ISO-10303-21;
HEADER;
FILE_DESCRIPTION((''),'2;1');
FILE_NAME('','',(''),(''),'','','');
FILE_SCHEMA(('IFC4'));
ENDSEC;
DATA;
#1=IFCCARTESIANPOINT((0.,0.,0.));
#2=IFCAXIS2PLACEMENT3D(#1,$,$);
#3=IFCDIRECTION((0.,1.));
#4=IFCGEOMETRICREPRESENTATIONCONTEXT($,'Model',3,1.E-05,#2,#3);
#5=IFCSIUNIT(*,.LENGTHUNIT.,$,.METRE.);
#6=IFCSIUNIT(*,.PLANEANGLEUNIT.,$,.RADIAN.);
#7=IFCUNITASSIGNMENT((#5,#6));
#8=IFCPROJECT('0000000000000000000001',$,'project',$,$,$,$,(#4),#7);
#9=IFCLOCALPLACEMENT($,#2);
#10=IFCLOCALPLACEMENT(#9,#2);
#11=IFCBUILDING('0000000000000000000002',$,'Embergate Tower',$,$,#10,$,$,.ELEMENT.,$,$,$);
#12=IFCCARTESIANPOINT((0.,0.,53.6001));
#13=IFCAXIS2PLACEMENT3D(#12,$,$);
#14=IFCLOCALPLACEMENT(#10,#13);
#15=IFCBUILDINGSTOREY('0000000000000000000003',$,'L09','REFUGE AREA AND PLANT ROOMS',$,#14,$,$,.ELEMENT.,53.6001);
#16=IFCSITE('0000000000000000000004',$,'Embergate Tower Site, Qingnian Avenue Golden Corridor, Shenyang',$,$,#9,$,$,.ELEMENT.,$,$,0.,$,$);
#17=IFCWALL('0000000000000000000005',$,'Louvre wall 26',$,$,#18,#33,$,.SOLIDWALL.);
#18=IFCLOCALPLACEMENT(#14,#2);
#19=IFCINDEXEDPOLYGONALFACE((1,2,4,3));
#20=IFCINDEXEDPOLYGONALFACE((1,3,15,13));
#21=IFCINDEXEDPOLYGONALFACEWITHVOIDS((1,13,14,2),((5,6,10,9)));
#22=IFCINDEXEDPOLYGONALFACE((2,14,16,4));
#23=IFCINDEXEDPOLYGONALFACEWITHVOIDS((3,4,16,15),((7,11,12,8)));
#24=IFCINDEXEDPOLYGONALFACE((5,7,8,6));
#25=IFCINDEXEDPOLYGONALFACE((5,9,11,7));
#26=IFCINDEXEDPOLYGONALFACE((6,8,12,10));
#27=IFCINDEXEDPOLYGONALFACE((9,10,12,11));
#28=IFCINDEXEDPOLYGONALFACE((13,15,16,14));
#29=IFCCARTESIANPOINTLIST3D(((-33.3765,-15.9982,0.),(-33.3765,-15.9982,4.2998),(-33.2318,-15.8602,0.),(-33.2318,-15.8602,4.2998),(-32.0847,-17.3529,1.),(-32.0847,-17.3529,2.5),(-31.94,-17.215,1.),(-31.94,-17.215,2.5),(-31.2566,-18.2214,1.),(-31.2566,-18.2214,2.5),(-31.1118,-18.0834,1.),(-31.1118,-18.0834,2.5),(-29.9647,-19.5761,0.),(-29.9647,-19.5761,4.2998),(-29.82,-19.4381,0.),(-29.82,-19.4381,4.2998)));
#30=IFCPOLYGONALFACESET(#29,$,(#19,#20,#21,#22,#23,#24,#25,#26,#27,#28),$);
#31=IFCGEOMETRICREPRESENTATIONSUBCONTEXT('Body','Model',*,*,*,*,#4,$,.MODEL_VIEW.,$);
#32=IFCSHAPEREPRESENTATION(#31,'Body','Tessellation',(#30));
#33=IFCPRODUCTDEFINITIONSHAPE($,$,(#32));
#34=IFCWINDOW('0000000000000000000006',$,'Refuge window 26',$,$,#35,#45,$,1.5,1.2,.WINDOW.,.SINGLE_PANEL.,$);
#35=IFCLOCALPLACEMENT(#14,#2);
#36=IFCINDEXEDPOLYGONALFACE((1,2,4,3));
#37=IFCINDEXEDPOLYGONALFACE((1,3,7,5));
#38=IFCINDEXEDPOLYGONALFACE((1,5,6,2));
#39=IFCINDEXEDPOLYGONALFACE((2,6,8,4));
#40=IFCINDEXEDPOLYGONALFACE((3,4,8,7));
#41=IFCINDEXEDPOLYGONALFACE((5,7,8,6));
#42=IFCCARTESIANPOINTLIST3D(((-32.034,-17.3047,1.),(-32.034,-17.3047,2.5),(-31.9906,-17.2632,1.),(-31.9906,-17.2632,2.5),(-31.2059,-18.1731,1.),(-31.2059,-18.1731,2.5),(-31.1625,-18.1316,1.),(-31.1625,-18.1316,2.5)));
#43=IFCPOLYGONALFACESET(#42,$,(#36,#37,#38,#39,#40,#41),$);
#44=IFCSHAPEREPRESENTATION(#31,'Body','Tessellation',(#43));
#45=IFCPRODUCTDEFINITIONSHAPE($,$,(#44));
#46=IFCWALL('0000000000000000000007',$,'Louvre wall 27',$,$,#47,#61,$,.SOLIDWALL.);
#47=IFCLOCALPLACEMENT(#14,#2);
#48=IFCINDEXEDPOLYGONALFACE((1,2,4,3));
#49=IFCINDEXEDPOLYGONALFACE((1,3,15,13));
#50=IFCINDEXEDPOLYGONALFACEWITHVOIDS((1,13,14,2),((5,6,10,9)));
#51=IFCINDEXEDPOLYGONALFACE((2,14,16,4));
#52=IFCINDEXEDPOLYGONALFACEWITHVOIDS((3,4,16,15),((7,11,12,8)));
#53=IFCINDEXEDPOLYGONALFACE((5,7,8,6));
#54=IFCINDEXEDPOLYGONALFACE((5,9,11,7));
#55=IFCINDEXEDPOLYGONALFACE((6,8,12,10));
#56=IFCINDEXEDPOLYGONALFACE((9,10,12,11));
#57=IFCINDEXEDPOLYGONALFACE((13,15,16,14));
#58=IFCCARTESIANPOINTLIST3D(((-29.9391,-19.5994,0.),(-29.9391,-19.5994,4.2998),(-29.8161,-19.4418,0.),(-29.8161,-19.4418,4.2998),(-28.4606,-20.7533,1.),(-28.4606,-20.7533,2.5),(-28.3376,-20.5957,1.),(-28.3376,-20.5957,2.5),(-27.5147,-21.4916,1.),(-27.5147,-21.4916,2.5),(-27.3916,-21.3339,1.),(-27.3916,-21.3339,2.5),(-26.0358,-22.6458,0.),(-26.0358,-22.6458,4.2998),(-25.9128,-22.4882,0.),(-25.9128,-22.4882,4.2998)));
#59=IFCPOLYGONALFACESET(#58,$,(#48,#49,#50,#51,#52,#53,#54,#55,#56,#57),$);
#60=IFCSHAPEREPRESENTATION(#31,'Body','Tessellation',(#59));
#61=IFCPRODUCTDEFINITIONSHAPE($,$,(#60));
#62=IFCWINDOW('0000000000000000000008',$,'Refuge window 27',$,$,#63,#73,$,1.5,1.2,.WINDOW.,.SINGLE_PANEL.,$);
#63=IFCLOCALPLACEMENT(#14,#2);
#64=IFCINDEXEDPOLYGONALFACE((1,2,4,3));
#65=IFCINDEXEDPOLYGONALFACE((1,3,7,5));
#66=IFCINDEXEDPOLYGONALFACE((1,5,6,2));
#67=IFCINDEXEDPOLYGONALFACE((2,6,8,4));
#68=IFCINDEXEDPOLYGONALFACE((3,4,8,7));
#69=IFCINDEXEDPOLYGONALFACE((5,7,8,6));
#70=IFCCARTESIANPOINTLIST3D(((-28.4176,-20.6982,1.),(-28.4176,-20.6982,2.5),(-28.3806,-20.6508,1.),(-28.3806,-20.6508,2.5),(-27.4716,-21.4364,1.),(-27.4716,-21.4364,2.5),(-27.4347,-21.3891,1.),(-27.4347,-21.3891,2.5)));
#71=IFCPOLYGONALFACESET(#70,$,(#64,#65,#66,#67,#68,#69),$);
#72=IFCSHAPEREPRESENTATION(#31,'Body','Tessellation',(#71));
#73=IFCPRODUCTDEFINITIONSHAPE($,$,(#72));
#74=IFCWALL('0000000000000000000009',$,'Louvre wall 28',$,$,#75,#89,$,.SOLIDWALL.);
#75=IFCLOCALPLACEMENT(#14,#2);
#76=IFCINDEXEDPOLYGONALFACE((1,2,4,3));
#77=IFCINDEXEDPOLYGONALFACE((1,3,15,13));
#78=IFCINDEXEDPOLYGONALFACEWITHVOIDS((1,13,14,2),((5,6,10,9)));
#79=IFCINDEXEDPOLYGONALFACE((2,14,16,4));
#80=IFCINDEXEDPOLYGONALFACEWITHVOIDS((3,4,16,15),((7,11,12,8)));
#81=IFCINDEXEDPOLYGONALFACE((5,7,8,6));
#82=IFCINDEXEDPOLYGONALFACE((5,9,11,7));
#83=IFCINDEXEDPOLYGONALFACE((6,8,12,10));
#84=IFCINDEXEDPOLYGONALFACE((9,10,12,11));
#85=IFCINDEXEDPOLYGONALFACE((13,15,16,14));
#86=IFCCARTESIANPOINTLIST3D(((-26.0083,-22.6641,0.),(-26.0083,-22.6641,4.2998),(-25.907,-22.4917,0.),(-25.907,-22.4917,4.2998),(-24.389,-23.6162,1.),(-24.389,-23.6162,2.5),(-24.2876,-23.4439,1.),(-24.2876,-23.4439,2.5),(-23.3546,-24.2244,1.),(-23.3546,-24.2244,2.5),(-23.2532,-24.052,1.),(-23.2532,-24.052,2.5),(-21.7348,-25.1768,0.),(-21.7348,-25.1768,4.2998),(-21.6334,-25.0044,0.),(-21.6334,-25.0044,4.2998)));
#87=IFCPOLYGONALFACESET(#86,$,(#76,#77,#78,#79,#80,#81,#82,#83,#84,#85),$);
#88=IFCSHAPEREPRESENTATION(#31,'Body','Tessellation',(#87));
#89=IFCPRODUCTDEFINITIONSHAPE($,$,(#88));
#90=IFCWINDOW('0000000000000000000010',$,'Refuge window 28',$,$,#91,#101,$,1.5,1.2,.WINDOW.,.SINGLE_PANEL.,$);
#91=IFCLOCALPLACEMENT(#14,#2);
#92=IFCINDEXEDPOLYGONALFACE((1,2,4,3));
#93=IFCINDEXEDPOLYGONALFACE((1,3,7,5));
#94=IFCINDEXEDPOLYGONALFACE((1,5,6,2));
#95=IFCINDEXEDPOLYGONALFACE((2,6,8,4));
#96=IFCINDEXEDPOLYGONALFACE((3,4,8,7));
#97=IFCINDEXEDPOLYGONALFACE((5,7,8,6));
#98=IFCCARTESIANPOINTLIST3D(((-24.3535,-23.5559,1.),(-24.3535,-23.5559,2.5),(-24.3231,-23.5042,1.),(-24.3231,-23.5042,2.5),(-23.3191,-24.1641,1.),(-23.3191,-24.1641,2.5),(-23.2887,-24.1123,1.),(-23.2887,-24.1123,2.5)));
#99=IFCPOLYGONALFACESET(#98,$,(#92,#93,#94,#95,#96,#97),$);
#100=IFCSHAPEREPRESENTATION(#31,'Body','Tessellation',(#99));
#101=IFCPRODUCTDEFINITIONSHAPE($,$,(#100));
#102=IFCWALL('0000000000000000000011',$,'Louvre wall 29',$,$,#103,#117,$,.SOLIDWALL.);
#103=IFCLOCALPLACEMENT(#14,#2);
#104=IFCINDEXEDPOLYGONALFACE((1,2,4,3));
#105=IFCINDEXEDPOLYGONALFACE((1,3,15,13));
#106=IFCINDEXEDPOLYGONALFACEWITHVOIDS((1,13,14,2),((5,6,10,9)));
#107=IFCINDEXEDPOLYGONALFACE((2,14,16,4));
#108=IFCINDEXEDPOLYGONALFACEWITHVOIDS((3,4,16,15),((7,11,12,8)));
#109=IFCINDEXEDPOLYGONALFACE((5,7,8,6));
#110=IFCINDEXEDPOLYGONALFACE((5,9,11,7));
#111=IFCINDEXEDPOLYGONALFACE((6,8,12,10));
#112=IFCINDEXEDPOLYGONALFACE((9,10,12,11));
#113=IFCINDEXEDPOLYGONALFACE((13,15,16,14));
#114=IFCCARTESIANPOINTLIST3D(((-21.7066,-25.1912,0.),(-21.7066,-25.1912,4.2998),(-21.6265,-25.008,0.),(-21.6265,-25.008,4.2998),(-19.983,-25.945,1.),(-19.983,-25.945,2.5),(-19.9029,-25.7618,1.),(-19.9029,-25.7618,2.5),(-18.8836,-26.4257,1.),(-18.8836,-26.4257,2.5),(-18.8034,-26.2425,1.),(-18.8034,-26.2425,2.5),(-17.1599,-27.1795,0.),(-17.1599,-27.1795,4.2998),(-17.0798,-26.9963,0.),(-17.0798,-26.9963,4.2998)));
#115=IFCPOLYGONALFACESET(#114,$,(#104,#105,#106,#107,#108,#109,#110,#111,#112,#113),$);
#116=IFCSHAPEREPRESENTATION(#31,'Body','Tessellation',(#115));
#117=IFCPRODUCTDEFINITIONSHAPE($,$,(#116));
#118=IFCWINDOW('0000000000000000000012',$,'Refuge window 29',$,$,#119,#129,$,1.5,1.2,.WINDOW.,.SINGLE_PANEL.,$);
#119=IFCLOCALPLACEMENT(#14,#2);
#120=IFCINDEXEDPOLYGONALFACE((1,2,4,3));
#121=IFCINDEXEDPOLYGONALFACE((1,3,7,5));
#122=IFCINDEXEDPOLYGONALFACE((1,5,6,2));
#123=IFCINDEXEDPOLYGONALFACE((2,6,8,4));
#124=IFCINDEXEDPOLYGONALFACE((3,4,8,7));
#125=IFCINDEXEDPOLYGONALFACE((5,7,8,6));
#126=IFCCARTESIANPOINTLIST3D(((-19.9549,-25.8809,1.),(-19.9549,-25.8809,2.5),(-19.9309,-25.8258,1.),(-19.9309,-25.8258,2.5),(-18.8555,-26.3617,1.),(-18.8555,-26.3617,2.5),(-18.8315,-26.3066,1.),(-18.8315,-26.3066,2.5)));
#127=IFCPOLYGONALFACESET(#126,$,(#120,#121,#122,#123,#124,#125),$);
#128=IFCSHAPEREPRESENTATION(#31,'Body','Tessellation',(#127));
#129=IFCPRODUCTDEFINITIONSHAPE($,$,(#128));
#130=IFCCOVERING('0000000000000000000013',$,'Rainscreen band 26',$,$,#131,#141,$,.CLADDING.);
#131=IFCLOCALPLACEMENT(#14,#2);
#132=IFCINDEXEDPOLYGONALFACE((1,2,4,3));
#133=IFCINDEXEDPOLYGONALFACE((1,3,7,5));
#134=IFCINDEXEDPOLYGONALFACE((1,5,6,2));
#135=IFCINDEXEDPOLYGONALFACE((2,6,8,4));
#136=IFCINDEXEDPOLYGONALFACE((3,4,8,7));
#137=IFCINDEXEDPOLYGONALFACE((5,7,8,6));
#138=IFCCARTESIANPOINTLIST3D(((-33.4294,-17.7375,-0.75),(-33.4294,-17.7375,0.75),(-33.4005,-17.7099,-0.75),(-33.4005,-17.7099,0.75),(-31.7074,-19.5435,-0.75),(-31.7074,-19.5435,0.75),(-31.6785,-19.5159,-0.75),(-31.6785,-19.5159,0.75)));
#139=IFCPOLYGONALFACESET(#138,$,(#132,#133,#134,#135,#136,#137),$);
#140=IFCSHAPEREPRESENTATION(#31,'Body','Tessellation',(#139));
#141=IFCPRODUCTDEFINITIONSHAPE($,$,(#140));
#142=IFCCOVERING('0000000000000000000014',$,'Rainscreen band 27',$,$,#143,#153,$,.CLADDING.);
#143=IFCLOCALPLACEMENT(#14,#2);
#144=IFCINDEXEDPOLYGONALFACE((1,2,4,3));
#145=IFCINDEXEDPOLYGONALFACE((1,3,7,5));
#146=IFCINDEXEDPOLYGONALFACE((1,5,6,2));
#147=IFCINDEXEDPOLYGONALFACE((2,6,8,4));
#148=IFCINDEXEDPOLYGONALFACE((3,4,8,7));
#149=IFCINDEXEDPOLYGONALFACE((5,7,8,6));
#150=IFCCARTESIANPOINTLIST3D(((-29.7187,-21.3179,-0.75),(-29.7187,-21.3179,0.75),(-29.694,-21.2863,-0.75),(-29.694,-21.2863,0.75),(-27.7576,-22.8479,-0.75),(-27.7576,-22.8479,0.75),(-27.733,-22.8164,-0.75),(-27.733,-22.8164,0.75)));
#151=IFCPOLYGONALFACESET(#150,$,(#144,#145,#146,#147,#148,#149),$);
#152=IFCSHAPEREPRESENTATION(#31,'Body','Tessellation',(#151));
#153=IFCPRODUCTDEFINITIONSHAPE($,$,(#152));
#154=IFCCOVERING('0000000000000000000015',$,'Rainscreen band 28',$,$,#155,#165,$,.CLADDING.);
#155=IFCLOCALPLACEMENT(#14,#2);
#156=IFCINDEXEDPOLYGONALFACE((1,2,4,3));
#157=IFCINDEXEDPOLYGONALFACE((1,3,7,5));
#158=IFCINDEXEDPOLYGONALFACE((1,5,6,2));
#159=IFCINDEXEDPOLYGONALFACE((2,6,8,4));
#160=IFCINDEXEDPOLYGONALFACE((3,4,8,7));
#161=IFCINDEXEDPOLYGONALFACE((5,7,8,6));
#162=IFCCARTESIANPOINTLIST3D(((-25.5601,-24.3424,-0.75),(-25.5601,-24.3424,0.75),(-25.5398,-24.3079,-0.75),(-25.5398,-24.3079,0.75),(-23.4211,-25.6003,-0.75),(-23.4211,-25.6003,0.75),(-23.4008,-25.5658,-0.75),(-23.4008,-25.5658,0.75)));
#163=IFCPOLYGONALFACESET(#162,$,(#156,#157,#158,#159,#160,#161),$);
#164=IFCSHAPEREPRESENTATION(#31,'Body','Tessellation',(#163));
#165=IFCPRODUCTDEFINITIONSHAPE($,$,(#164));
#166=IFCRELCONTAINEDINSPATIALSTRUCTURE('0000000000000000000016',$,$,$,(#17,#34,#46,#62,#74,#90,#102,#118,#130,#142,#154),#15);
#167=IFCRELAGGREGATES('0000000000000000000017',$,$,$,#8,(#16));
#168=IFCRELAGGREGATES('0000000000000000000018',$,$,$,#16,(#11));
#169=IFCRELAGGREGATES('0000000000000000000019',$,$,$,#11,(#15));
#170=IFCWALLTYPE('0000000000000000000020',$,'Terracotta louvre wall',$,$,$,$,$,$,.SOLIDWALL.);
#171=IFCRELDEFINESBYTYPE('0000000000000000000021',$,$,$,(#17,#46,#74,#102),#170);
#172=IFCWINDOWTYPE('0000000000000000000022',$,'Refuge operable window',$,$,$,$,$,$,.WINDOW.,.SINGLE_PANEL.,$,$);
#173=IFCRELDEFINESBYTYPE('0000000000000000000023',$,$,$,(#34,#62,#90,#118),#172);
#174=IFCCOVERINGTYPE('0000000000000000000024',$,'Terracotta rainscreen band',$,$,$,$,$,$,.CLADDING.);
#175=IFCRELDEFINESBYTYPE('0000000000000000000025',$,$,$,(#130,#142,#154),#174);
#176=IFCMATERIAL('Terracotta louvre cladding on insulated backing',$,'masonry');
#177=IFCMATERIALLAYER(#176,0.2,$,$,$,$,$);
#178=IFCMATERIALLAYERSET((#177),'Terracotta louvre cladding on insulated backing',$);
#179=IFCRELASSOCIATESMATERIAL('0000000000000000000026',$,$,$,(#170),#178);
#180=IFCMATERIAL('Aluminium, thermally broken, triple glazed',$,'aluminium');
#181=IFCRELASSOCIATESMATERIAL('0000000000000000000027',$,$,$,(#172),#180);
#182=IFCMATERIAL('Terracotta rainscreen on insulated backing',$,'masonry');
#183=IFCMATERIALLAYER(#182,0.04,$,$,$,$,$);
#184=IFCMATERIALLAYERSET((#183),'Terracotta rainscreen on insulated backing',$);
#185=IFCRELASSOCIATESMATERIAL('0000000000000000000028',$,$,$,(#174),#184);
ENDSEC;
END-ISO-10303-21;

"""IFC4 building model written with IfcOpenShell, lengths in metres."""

from ifc_helpers import new_model, si_unit, direction, frame, frame_2d, origin, origin_2d, place, context, subcontext, project, spatial, rectangle, extrude, source, transform, mapped, material, layer, layer_set, type_object, element, fill, save


model = new_model("IFC4")

# Units and contexts
model_context = context("Model", 3, precision=1e-05, world=origin(), true_north=direction((0.0, 1.0)))
body_context = subcontext(model_context, "Body", "Model", "MODEL_VIEW")
ifc_project = project(units=[si_unit("LENGTHUNIT", "METRE"), si_unit("PLANEANGLEUNIT", "RADIAN")], contexts=[model_context])

# Site, building, storey
site_placement = place(None, origin())
site = spatial("IfcSite", under=ifc_project, at=site_placement, Name="Embergate Tower Site, Qingnian Avenue Golden Corridor, Shenyang", CompositionType="ELEMENT", RefElevation=0.0)
building_placement = place(site_placement, origin())
building = spatial("IfcBuilding", under=site, at=building_placement, Name="Embergate Tower", CompositionType="ELEMENT")
storey_placement = place(building_placement, frame((0.0, 0.0, 53.6001)))
storey = spatial("IfcBuildingStorey", under=building, at=storey_placement, Name="L09", Description="REFUGE AREA AND PLANT ROOMS", CompositionType="ELEMENT", Elevation=53.6001)

# Walls, openings, windows
ifc_material_1 = material(Name="Terracotta louvre cladding on insulated backing", Category="masonry")
ifc_layer_1 = layer(ifc_material_1, 0.2)
ifc_layer_set_1 = layer_set([ifc_layer_1], Name="Terracotta louvre cladding on insulated backing")
wall_type = type_object("IfcWallType", Name="Terracotta louvre wall", PredefinedType="SOLIDWALL", material=ifc_layer_set_1)
shared_shape_1 = source(origin(), body_context, "Body", "SweptSolid", [
    extrude(rectangle(XDim=4.9438, YDim=0.2, at=frame_2d((2.4719, 0.0))), origin(), (0.0, 0.0, 1.0), 4.2998),
])
wall_1_placement = place(storey_placement, frame((-29.8923, -19.5071, 0.0), z_axis=(0.0, 0.0, 1.0), x_axis=(-0.690117, 0.723697, 0.0)))
wall_1 = element("IfcWall", 1, at=wall_1_placement, inside=storey, type_object=wall_type, Name="Louvre wall 26", PredefinedType="SOLIDWALL", context=body_context, shape_type="MappedRepresentation", body=[
    mapped(shared_shape_1, transform((0.0, 0.0, 0.0))),
])
shared_shape_2 = source(origin(), body_context, "Body", "SweptSolid", [
    extrude(rectangle(XDim=1.2, YDim=1.5, at=frame_2d((0.6001, 0.75))), frame((0.0, 0.1099, 0.0), z_axis=(0.0, -1.0, 0.0), x_axis=(1.0, 0.0, 0.0)), (0.0, 0.0, 1.0), 0.22),
])
opening_1_placement = place(wall_1_placement, frame((1.8718, 0.0, 1.0)))
opening_1 = element("IfcOpeningElement", 2, at=opening_1_placement, cuts=wall_1, PredefinedType="OPENING", context=body_context, shape_type="MappedRepresentation", body=[
    mapped(shared_shape_2, transform((0.0, 0.0, 0.0))),
])
ifc_material_2 = material(Name="Aluminium, thermally broken, triple glazed", Category="aluminium")
window_type = type_object("IfcWindowType", Name="Refuge operable window", PartitioningType="SINGLE_PANEL", PredefinedType="WINDOW", material=ifc_material_2)
shared_shape_3 = source(origin(), body_context, "Body", "SweptSolid", [
    extrude(rectangle(XDim=1.2, YDim=1.5, at=frame_2d((0.6001, 0.75))), frame((0.0, 0.03, 0.0), z_axis=(0.0, -1.0, 0.0), x_axis=(1.0, 0.0, 0.0)), (0.0, 0.0, 1.0), 0.0601),
])
window_1_placement = place(opening_1_placement, origin())
window_1 = element("IfcWindow", 3, at=window_1_placement, inside=storey, type_object=window_type, Name="Refuge window 26", OverallHeight=1.5, OverallWidth=1.2, PartitioningType="SINGLE_PANEL", PredefinedType="WINDOW", context=body_context, shape_type="MappedRepresentation", body=[
    mapped(shared_shape_3, transform((0.0, 0.0, 0.0))),
])
fill(opening_1, window_1)
shared_shape_4 = source(origin(), body_context, "Body", "SweptSolid", [
    extrude(rectangle(XDim=4.9514, YDim=0.2, at=frame_2d((2.4756, 0.0))), origin(), (0.0, 0.0, 1.0), 4.2998),
])
wall_2_placement = place(storey_placement, frame((-25.9744, -22.5669, 0.0), z_axis=(0.0, 0.0, 1.0), x_axis=(-0.788326, 0.615257, 0.0)))
wall_2 = element("IfcWall", 4, at=wall_2_placement, inside=storey, type_object=wall_type, Name="Louvre wall 27", PredefinedType="SOLIDWALL", context=body_context, shape_type="MappedRepresentation", body=[
    mapped(shared_shape_4, transform((0.0, 0.0, 0.0))),
])
opening_2_placement = place(wall_2_placement, frame((1.8757, 0.0, 1.0)))
opening_2 = element("IfcOpeningElement", 5, at=opening_2_placement, cuts=wall_2, PredefinedType="OPENING", context=body_context, shape_type="MappedRepresentation", body=[
    mapped(shared_shape_2, transform((0.0, 0.0, 0.0))),
])
window_2_placement = place(opening_2_placement, origin())
window_2 = element("IfcWindow", 6, at=window_2_placement, inside=storey, type_object=window_type, Name="Refuge window 27", OverallHeight=1.5, OverallWidth=1.2, PartitioningType="SINGLE_PANEL", PredefinedType="WINDOW", context=body_context, shape_type="MappedRepresentation", body=[
    mapped(shared_shape_3, transform((0.0, 0.0, 0.0))),
])
fill(opening_2, window_2)
shared_shape_5 = source(origin(), body_context, "Body", "SweptSolid", [
    extrude(rectangle(XDim=4.9575, YDim=0.2, at=frame_2d((2.4788, 0.0))), origin(), (0.0, 0.0, 1.0), 4.2998),
])
wall_3_placement = place(storey_placement, frame((-21.6841, -25.0906, 0.0), z_axis=(0.0, 0.0, 1.0), x_axis=(-0.862043, 0.506835, 0.0)))
wall_3 = element("IfcWall", 7, at=wall_3_placement, inside=storey, type_object=wall_type, Name="Louvre wall 28", PredefinedType="SOLIDWALL", context=body_context, shape_type="MappedRepresentation", body=[
    mapped(shared_shape_5, transform((0.0, 0.0, 0.0))),
])
opening_3_placement = place(wall_3_placement, frame((1.8789, 0.0, 1.0)))
opening_3 = element("IfcOpeningElement", 8, at=opening_3_placement, cuts=wall_3, PredefinedType="OPENING", context=body_context, shape_type="MappedRepresentation", body=[
    mapped(shared_shape_2, transform((0.0, 0.0, 0.0))),
])
window_3_placement = place(opening_3_placement, origin())
window_3 = element("IfcWindow", 9, at=window_3_placement, inside=storey, type_object=window_type, Name="Refuge window 28", OverallHeight=1.5, OverallWidth=1.2, PartitioningType="SINGLE_PANEL", PredefinedType="WINDOW", context=body_context, shape_type="MappedRepresentation", body=[
    mapped(shared_shape_3, transform((0.0, 0.0, 0.0))),
])
fill(opening_3, window_3)
shared_shape_6 = source(origin(), body_context, "Body", "SweptSolid", [
    extrude(rectangle(XDim=4.9624, YDim=0.2, at=frame_2d((2.4812, 0.0))), origin(), (0.0, 0.0, 1.0), 4.2998),
])
wall_4_placement = place(storey_placement, frame((-17.1199, -27.0879, 0.0), z_axis=(0.0, 0.0, 1.0), x_axis=(-0.916222, 0.400672, 0.0)))
wall_4 = element("IfcWall", 10, at=wall_4_placement, inside=storey, type_object=wall_type, Name="Louvre wall 29", PredefinedType="SOLIDWALL", context=body_context, shape_type="MappedRepresentation", body=[
    mapped(shared_shape_6, transform((0.0, 0.0, 0.0))),
])
opening_4_placement = place(wall_4_placement, frame((1.8811, 0.0, 1.0)))
opening_4 = element("IfcOpeningElement", 11, at=opening_4_placement, cuts=wall_4, PredefinedType="OPENING", context=body_context, shape_type="MappedRepresentation", body=[
    mapped(shared_shape_2, transform((0.0, 0.0, 0.0))),
])
window_4_placement = place(opening_4_placement, origin())
window_4 = element("IfcWindow", 12, at=window_4_placement, inside=storey, type_object=window_type, Name="Refuge window 29", OverallHeight=1.5, OverallWidth=1.2, PartitioningType="SINGLE_PANEL", PredefinedType="WINDOW", context=body_context, shape_type="MappedRepresentation", body=[
    mapped(shared_shape_3, transform((0.0, 0.0, 0.0))),
])
fill(opening_4, window_4)

# Coverings
ifc_material_3 = material(Name="Terracotta rainscreen on insulated backing", Category="masonry")
ifc_layer_2 = layer(ifc_material_3, 0.04)
ifc_layer_set_2 = layer_set([ifc_layer_2], Name="Terracotta rainscreen on insulated backing")
covering_type = type_object("IfcCoveringType", Name="Terracotta rainscreen band", PredefinedType="CLADDING", material=ifc_layer_set_2)
shared_shape_7 = source(origin(), body_context, "Body", "SweptSolid", [
    extrude(rectangle(XDim=2.4954, YDim=0.04, at=origin_2d()), origin(), (0.0, 0.0, 1.0), 1.5),
])
covering_1_placement = place(storey_placement, frame((-32.554, -18.6267, -0.75), z_axis=(0.0, 0.0, 1.0), x_axis=(0.690076, -0.723737, 0.0)))
element("IfcCovering", 13, at=covering_1_placement, inside=storey, type_object=covering_type, Name="Rainscreen band 26", PredefinedType="CLADDING", context=body_context, shape_type="MappedRepresentation", body=[
    mapped(shared_shape_7, transform((0.0, 0.0, 0.0))),
])
shared_shape_8 = source(origin(), body_context, "Body", "SweptSolid", [
    extrude(rectangle(XDim=2.4873, YDim=0.04, at=origin_2d()), origin(), (0.0, 0.0, 1.0), 1.5),
])
covering_2_placement = place(storey_placement, frame((-28.7258, -22.0671, -0.75), z_axis=(0.0, 0.0, 1.0), x_axis=(0.78842, -0.615137, 0.0)))
element("IfcCovering", 14, at=covering_2_placement, inside=storey, type_object=covering_type, Name="Rainscreen band 27", PredefinedType="CLADDING", context=body_context, shape_type="MappedRepresentation", body=[
    mapped(shared_shape_8, transform((0.0, 0.0, 0.0))),
])
shared_shape_9 = source(origin(), body_context, "Body", "SweptSolid", [
    extrude(rectangle(XDim=2.4814, YDim=0.04, at=origin_2d()), origin(), (0.0, 0.0, 1.0), 1.5),
])
covering_3_placement = place(storey_placement, frame((-24.4805, -24.9541, -0.75), z_axis=(0.0, 0.0, 1.0), x_axis=(0.861975, -0.50695, 0.0)))
element("IfcCovering", 15, at=covering_3_placement, inside=storey, type_object=covering_type, Name="Rainscreen band 28", PredefinedType="CLADDING", context=body_context, shape_type="MappedRepresentation", body=[
    mapped(shared_shape_9, transform((0.0, 0.0, 0.0))),
])

save(model, "model.ifc")
